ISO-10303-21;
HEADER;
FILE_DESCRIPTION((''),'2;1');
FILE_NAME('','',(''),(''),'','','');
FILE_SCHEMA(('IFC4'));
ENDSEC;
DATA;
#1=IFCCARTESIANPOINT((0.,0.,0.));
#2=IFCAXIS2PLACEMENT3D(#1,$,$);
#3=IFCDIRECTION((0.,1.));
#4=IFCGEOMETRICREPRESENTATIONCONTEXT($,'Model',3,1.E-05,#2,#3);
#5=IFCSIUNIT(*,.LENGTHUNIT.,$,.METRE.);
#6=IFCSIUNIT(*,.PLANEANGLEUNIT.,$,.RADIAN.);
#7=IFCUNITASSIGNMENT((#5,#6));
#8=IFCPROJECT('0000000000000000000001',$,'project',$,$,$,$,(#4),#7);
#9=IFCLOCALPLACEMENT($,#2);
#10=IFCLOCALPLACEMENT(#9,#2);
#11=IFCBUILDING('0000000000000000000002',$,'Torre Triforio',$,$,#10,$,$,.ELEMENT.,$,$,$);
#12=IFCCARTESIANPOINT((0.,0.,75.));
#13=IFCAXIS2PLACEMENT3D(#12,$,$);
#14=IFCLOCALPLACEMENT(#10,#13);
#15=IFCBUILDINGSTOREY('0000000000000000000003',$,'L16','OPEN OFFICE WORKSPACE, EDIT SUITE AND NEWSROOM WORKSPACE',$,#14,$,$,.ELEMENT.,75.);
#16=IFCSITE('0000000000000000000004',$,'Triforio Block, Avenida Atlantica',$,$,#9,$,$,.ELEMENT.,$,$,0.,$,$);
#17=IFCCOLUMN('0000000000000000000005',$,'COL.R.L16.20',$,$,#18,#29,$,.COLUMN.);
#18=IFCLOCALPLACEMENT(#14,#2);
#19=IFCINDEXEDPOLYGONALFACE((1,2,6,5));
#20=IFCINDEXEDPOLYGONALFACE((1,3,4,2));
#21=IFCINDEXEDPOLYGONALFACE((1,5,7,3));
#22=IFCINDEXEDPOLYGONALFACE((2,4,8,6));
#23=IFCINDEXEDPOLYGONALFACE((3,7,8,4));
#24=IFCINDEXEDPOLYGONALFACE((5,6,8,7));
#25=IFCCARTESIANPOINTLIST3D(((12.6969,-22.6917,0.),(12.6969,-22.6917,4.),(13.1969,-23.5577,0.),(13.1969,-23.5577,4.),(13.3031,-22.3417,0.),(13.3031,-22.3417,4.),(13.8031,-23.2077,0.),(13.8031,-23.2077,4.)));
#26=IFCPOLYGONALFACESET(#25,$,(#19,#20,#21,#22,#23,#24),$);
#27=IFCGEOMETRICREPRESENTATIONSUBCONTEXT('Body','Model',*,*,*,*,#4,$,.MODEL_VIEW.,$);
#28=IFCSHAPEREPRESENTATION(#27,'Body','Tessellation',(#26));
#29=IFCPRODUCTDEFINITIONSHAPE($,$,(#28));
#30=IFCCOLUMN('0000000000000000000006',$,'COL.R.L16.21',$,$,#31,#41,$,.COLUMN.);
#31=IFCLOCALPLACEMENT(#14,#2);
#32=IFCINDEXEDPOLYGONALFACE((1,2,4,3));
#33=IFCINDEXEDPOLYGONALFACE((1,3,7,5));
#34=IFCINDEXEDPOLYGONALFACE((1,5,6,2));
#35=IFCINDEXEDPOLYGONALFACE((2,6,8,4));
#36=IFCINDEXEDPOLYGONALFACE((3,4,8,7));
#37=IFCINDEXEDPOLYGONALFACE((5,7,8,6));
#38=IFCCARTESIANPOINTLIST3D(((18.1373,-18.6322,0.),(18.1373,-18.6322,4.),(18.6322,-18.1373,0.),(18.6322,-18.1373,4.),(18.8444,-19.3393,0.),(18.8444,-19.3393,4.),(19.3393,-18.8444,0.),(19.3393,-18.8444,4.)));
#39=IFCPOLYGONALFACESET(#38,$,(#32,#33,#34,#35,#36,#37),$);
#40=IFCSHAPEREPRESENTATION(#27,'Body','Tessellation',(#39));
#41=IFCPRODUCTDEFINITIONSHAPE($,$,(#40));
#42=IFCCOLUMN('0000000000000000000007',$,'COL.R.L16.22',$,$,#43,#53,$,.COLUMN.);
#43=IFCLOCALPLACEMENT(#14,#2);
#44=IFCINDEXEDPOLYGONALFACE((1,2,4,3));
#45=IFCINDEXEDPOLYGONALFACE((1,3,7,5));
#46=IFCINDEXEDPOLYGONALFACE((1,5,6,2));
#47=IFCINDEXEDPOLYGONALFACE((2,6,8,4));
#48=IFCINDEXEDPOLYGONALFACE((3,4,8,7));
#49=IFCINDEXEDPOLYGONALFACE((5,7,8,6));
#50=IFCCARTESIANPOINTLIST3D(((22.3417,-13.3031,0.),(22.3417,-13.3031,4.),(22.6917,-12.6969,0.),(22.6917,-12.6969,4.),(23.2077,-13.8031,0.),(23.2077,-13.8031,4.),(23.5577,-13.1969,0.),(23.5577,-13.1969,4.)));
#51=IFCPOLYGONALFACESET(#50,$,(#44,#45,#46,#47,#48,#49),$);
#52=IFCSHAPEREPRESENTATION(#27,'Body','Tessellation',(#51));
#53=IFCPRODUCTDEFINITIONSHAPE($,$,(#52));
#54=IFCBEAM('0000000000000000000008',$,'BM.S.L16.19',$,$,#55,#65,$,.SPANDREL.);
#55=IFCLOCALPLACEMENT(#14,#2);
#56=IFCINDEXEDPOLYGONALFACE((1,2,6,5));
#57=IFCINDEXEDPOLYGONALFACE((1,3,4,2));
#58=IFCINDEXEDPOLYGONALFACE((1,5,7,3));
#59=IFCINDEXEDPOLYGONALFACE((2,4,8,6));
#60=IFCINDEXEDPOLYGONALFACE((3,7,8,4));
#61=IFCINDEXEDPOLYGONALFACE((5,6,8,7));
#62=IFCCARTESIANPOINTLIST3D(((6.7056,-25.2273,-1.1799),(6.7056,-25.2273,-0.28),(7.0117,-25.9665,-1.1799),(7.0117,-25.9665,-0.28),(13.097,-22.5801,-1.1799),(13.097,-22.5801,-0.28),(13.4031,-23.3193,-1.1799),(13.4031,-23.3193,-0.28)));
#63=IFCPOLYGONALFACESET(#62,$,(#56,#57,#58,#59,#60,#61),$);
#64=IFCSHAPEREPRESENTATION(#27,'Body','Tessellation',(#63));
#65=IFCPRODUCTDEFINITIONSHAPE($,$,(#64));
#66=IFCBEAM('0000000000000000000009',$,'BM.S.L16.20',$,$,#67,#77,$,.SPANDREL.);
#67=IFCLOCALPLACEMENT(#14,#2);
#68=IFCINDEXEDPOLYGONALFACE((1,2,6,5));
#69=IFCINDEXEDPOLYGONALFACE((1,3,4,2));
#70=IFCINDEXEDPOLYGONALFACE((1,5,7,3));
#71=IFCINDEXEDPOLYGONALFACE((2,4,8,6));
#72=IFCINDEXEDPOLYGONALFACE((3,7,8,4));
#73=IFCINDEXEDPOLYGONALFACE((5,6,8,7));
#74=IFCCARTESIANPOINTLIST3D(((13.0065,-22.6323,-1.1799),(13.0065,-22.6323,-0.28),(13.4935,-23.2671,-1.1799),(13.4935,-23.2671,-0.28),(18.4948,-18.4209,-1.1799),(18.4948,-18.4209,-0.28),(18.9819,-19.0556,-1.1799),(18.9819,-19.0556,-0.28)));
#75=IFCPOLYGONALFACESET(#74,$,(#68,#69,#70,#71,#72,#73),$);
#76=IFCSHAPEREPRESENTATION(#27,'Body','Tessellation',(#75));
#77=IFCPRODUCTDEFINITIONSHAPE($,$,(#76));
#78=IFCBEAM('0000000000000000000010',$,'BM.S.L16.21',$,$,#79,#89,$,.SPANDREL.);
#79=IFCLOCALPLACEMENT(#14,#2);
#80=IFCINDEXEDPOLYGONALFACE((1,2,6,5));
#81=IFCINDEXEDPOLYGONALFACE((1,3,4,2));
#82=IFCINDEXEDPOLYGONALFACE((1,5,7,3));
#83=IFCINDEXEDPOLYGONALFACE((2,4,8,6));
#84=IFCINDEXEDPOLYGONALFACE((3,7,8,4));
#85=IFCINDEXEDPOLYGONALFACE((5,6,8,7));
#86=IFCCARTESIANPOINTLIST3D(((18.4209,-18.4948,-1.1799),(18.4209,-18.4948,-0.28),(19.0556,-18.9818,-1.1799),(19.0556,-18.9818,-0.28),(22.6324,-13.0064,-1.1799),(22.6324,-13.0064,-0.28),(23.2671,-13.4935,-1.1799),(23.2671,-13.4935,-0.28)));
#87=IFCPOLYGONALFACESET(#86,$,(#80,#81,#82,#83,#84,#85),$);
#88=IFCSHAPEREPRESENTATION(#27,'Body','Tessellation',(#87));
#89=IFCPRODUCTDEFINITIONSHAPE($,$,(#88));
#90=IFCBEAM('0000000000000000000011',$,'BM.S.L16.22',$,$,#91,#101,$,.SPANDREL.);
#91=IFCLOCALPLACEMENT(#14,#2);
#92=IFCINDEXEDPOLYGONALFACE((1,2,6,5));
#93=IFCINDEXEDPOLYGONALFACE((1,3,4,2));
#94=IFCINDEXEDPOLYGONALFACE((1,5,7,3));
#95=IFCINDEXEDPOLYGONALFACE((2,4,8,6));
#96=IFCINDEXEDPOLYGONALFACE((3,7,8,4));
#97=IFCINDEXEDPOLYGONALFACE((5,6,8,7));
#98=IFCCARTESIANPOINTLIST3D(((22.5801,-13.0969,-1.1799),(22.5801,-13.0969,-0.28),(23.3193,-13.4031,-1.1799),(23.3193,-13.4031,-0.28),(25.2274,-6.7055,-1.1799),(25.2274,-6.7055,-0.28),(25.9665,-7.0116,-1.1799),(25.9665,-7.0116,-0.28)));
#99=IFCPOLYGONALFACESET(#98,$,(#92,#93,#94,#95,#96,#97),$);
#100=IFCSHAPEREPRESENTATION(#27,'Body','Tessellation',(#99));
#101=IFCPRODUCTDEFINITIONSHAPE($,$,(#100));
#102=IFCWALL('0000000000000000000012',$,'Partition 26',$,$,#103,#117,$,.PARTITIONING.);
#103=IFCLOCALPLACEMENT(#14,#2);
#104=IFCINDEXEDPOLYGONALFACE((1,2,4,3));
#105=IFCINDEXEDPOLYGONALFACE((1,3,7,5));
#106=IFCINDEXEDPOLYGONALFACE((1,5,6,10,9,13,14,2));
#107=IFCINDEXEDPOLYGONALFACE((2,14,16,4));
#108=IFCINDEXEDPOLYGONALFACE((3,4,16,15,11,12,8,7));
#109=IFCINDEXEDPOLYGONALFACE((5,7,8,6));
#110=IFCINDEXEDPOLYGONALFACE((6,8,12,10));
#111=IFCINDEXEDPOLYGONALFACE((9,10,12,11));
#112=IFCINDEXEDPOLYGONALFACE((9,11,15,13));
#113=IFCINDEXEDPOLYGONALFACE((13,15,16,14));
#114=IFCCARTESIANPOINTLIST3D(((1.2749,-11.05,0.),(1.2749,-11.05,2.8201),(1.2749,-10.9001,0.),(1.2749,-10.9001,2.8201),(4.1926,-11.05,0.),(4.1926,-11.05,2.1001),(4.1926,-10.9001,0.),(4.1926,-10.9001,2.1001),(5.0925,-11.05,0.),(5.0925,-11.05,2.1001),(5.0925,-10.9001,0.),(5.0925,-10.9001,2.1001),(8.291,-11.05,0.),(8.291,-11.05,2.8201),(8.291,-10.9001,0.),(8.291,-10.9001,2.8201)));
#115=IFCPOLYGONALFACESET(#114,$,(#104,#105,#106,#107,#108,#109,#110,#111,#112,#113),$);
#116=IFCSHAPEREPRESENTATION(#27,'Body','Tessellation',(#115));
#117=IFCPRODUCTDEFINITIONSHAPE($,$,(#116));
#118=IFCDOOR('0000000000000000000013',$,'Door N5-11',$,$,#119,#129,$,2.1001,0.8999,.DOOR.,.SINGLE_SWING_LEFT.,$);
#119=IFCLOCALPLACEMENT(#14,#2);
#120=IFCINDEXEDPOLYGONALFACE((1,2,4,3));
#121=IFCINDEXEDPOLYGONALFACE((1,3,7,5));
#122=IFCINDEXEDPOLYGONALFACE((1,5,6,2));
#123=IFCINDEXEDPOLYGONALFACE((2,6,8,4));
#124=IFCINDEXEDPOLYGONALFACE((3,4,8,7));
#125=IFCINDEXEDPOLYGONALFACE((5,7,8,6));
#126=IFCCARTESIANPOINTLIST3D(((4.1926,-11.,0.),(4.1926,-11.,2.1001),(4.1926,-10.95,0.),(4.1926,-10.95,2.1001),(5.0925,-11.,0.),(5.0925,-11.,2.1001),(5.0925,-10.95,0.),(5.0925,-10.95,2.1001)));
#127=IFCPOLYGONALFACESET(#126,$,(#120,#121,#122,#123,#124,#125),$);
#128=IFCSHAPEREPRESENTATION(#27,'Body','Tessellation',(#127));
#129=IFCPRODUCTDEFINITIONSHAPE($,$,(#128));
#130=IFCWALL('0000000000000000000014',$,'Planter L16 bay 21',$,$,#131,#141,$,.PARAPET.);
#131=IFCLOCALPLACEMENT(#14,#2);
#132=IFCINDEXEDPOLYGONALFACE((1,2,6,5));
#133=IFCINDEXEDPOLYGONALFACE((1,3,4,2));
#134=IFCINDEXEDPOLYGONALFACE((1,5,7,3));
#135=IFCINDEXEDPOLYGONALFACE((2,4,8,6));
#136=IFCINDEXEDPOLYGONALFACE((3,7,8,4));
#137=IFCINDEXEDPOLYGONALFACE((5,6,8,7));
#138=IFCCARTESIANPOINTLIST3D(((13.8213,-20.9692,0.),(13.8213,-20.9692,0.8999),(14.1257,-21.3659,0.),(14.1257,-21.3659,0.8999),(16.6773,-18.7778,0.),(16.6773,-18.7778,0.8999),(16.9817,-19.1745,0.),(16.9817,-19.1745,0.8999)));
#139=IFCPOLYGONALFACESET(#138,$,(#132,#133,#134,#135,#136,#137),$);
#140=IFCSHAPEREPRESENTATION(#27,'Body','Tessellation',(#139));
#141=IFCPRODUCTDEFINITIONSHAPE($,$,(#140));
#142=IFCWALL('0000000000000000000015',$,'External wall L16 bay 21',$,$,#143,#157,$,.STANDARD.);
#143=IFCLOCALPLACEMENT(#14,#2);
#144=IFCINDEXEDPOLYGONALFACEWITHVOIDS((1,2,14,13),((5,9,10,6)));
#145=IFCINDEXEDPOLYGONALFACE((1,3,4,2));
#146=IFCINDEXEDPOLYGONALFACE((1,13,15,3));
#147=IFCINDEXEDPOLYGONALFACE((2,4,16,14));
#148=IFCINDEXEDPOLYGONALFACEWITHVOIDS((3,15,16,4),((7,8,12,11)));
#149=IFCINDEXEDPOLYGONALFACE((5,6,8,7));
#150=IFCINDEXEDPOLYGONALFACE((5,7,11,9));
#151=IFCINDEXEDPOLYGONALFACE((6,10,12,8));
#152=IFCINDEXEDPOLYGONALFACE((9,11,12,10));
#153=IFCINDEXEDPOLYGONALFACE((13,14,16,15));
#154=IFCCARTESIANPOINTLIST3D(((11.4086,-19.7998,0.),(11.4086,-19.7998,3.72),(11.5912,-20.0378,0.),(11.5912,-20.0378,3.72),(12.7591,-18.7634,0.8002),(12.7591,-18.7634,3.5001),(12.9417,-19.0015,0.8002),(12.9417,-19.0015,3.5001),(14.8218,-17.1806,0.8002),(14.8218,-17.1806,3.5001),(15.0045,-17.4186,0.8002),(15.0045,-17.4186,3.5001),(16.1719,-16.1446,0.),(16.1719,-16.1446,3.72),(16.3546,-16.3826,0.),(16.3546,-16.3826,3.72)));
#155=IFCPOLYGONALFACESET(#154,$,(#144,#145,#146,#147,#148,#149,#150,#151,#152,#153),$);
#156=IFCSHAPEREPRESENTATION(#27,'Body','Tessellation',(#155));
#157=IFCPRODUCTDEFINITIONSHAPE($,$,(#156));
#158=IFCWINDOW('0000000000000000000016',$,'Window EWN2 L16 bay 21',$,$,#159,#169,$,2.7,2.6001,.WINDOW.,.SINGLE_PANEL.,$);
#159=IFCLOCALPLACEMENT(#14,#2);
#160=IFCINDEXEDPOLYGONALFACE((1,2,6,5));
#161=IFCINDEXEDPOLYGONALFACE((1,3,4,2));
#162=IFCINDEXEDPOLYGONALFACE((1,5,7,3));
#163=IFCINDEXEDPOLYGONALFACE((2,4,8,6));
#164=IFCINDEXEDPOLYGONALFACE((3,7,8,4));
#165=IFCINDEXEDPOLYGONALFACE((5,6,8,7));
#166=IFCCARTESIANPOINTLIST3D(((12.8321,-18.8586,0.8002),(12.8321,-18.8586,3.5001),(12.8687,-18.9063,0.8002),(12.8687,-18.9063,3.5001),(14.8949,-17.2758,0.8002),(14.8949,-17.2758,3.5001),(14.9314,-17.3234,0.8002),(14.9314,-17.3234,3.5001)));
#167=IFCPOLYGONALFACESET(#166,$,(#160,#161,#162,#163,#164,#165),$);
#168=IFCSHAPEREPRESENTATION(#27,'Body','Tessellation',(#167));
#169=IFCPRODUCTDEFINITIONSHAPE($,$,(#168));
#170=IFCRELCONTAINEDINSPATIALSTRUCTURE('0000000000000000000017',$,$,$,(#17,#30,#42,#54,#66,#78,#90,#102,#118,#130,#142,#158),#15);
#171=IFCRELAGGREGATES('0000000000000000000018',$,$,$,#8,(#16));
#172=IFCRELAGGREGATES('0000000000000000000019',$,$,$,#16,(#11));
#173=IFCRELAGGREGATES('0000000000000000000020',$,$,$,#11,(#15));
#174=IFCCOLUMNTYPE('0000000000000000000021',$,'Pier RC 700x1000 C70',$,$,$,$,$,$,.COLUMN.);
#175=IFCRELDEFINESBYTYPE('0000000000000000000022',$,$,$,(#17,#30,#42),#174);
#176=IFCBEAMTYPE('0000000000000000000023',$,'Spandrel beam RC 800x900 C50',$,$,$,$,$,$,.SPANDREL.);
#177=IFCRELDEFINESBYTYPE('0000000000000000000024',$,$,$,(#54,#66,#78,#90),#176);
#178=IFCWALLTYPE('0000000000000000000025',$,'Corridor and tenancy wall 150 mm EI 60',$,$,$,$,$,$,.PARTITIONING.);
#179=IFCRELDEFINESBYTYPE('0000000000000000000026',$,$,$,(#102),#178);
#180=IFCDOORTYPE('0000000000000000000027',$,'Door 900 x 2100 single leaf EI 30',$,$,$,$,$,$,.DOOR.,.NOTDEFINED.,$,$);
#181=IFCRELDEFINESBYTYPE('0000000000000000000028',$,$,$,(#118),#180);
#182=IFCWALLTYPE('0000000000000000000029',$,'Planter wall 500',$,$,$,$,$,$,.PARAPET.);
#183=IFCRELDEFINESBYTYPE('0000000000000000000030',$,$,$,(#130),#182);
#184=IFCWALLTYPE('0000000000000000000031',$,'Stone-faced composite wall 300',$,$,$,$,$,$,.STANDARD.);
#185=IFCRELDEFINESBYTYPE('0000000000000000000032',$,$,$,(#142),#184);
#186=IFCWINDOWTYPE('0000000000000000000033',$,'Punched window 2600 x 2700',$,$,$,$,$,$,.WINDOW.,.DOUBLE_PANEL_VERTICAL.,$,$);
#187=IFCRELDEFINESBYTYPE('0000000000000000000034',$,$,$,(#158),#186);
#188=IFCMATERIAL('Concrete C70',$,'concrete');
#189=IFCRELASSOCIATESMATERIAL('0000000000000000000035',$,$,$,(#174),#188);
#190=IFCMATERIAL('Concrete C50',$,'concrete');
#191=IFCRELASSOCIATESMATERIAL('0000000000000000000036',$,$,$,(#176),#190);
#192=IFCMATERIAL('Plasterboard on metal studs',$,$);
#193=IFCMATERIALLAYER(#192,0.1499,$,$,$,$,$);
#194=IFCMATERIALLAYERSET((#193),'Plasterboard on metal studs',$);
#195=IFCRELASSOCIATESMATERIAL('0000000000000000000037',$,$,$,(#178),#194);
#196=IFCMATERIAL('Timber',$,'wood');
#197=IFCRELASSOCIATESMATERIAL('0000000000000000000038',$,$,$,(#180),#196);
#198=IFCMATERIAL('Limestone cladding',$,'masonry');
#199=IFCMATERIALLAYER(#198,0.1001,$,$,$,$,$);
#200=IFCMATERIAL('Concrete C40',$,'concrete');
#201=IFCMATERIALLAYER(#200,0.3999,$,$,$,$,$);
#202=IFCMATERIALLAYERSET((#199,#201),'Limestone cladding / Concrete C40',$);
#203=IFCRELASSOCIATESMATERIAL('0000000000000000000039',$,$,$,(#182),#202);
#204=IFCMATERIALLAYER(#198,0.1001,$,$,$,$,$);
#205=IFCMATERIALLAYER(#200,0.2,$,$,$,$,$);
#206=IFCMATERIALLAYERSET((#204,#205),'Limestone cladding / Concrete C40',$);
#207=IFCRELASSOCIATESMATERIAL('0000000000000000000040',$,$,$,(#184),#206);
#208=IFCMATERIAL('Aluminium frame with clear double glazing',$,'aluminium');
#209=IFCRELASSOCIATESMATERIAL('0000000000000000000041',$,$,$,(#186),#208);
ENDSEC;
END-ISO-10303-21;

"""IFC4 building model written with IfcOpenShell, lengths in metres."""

from ifc_helpers import new_model, si_unit, direction, frame, frame_2d, origin, origin_2d, place, context, subcontext, project, spatial, rectangle, extrude, material, layer, layer_set, material_profile, profile_set, type_object, element, fill, save


model = new_model("IFC4")

# Units and contexts
model_context = context("Model", 3, precision=1e-05, world=origin(), true_north=direction((0.0, 1.0)))
body_context = subcontext(model_context, "Body", "Model", "MODEL_VIEW")
ifc_project = project(units=[si_unit("LENGTHUNIT", "METRE"), si_unit("PLANEANGLEUNIT", "RADIAN")], contexts=[model_context])

# Site, building, storey
site_placement = place(None, origin())
site = spatial("IfcSite", under=ifc_project, at=site_placement, Name="Triforio Block, Avenida Atlantica", CompositionType="ELEMENT", RefElevation=0.0)
building_placement = place(site_placement, origin())
building = spatial("IfcBuilding", under=site, at=building_placement, Name="Torre Triforio", CompositionType="ELEMENT")
storey_placement = place(building_placement, frame((0.0, 0.0, 75.0)))
storey = spatial("IfcBuildingStorey", under=building, at=storey_placement, Name="L16", Description="OPEN OFFICE WORKSPACE, EDIT SUITE AND NEWSROOM WORKSPACE", CompositionType="ELEMENT", Elevation=75.0)

# Columns
ifc_material_1 = material(Name="Concrete C70", Category="concrete")
ifc_material_profile_1 = material_profile(ifc_material_1, rectangle(XDim=0.7, YDim=1.0, at=origin_2d()), Name="RC 700x1000")
ifc_profile_set_1 = profile_set([ifc_material_profile_1], Name="Concrete C70")
column_type = type_object("IfcColumnType", Name="Pier RC 700x1000 C70", PredefinedType="COLUMN", material=ifc_profile_set_1)
for number, where, z_axis, x_axis, name in (
    (1, (13.25, -22.9497, 0.0), (0.0, 0.0, 1.0), (0.866025, 0.5, 0.0), "COL.R.L16.20"),
    (2, (18.7383, -18.7383, 0.0), (0.0, 0.0, 1.0), (0.707107, 0.707107, 0.0), "COL.R.L16.21"),
    (3, (22.9497, -13.25, 0.0), (0.0, 0.0, 1.0), (0.5, 0.866025, 0.0), "COL.R.L16.22"),
):
    element("IfcColumn", number, at=place(storey_placement, frame(where, z_axis=z_axis, x_axis=x_axis)), inside=storey, type_object=column_type, Name=name, PredefinedType="COLUMN", context=body_context, shape_type="SweptSolid", body=[
        extrude(rectangle(XDim=0.7, YDim=1.0, at=origin_2d()), origin(), (0.0, 0.0, 1.0), 4.0),
    ])

# Beams
ifc_material_2 = material(Name="Concrete C50", Category="concrete")
ifc_material_profile_2 = material_profile(ifc_material_2, rectangle(XDim=0.8, YDim=0.8999, at=origin_2d()), Name="RC 800x900")
ifc_profile_set_2 = profile_set([ifc_material_profile_2], Name="Concrete C50")
beam_type = type_object("IfcBeamType", Name="Spandrel beam RC 800x900 C50", PredefinedType="SPANDREL", material=ifc_profile_set_2)
for number, where, z_axis, x_axis, name in (
    (4, (6.8586, -25.5969, -0.73), (0.923888, 0.382662, 0.0), (-0.382662, 0.923888, 0.0), "BM.S.L16.19"),
    (5, (13.25, -22.9497, -0.73), (0.793345, 0.608772, 0.0), (-0.608772, 0.793345, 0.0), "BM.S.L16.20"),
    (6, (18.7383, -18.7383, -0.73), (0.608772, 0.793345, 0.0), (-0.793345, 0.608772, 0.0), "BM.S.L16.21"),
    (7, (22.9497, -13.25, -0.73), (0.382662, 0.923888, 0.0), (-0.923888, 0.382662, 0.0), "BM.S.L16.22"),
):
    element("IfcBeam", number, at=place(storey_placement, frame(where, z_axis=z_axis, x_axis=x_axis)), inside=storey, type_object=beam_type, Name=name, PredefinedType="SPANDREL", context=body_context, shape_type="SweptSolid", body=[
        extrude(rectangle(XDim=0.8, YDim=0.8999, at=origin_2d()), origin(), (0.0, 0.0, 1.0), 6.918),
    ])

# Wall, opening, door
ifc_material_3 = material(Name="Plasterboard on metal studs")
ifc_layer_1 = layer(ifc_material_3, 0.1499)
ifc_layer_set_1 = layer_set([ifc_layer_1], Name="Plasterboard on metal studs")
wall_type_1 = type_object("IfcWallType", Name="Corridor and tenancy wall 150 mm EI 60", PredefinedType="PARTITIONING", material=ifc_layer_set_1)
wall_1_placement = place(storey_placement, frame((8.291, -10.9751, 0.0), z_axis=(0.0, 0.0, 1.0), x_axis=(-1.0, 0.0, 0.0)))
wall_1 = element("IfcWall", 8, at=wall_1_placement, inside=storey, type_object=wall_type_1, Name="Partition 26", PredefinedType="PARTITIONING", context=body_context, shape_type="SweptSolid", body=[
    extrude(rectangle(XDim=7.0161, YDim=0.1499, at=frame_2d((3.5081, 0.0))), origin(), (0.0, 0.0, 1.0), 2.8201),
])
opening_1_placement = place(wall_1_placement, frame((3.1985, 0.0, 0.0)))
opening_1 = element("IfcOpeningElement", 9, at=opening_1_placement, cuts=wall_1, PredefinedType="OPENING", context=body_context, shape_type="SweptSolid", body=[
    extrude(rectangle(XDim=0.8999, YDim=2.1001, at=frame_2d((0.45, 1.05))), frame((0.0, 0.085, 0.0), z_axis=(0.0, -1.0, 0.0), x_axis=(1.0, 0.0, 0.0)), (0.0, 0.0, 1.0), 0.1699),
])
ifc_material_4 = material(Name="Timber", Category="wood")
door_type_1 = type_object("IfcDoorType", Name="Door 900 x 2100 single leaf EI 30", OperationType="NOTDEFINED", PredefinedType="DOOR", material=ifc_material_4)
door_1_placement = place(opening_1_placement, origin())
door_1 = element("IfcDoor", 10, at=door_1_placement, inside=storey, type_object=door_type_1, Name="Door N5-11", OperationType="SINGLE_SWING_LEFT", OverallHeight=2.1001, OverallWidth=0.8999, PredefinedType="DOOR", context=body_context, shape_type="SweptSolid", body=[
    extrude(rectangle(XDim=0.8999, YDim=2.1001, at=frame_2d((0.45, 1.05))), frame((0.0, 0.0249, 0.0), z_axis=(0.0, -1.0, 0.0), x_axis=(1.0, 0.0, 0.0)), (0.0, 0.0, 1.0), 0.05),
])
fill(opening_1, door_1)

# Wall
ifc_material_5 = material(Name="Limestone cladding", Category="masonry")
ifc_layer_2 = layer(ifc_material_5, 0.1001)
ifc_material_6 = material(Name="Concrete C40", Category="concrete")
ifc_layer_3 = layer(ifc_material_6, 0.3999)
ifc_layer_set_2 = layer_set([ifc_layer_2, ifc_layer_3], Name="Limestone cladding / Concrete C40")
wall_type_2 = type_object("IfcWallType", Name="Planter wall 500", PredefinedType="PARAPET", material=ifc_layer_set_2)
wall_2_placement = place(storey_placement, frame((13.9736, -21.1675, 0.0), z_axis=(0.0, 0.0, 1.0), x_axis=(0.79336, 0.608753, 0.0)))
element("IfcWall", 11, at=wall_2_placement, inside=storey, type_object=wall_type_2, Name="Planter L16 bay 21", PredefinedType="PARAPET", context=body_context, shape_type="SweptSolid", body=[
    extrude(rectangle(XDim=3.5999, YDim=0.5, at=frame_2d((1.7998, 0.0))), origin(), (0.0, 0.0, 1.0), 0.8999),
])

# Wall, opening, window
ifc_layer_4 = layer(ifc_material_5, 0.1001)
ifc_layer_5 = layer(ifc_material_6, 0.2)
ifc_layer_set_3 = layer_set([ifc_layer_4, ifc_layer_5], Name="Limestone cladding / Concrete C40")
wall_type_3 = type_object("IfcWallType", Name="Stone-faced composite wall 300", PredefinedType="STANDARD", material=ifc_layer_set_3)
wall_3_placement = place(storey_placement, frame((11.5, -19.9187, 0.0), z_axis=(0.0, 0.0, 1.0), x_axis=(0.79334, 0.608779, 0.0)))
wall_3 = element("IfcWall", 12, at=wall_3_placement, inside=storey, type_object=wall_type_3, Name="External wall L16 bay 21", PredefinedType="STANDARD", context=body_context, shape_type="SweptSolid", body=[
    extrude(rectangle(XDim=6.0042, YDim=0.3, at=frame_2d((3.002, 0.0))), origin(), (0.0, 0.0, 1.0), 3.72),
])
opening_2_placement = place(wall_3_placement, frame((1.7021, 0.0, 0.8)))
opening_2 = element("IfcOpeningElement", 13, at=opening_2_placement, cuts=wall_3, PredefinedType="OPENING", context=body_context, shape_type="SweptSolid", body=[
    extrude(rectangle(XDim=2.6001, YDim=2.7, at=frame_2d((1.3, 1.3501))), frame((0.0, 0.1599, 0.0), z_axis=(0.0, -1.0, 0.0), x_axis=(1.0, 0.0, 0.0)), (0.0, 0.0, 1.0), 0.3201),
])
ifc_material_7 = material(Name="Aluminium frame with clear double glazing", Category="aluminium")
window_type_1 = type_object("IfcWindowType", Name="Punched window 2600 x 2700", PartitioningType="DOUBLE_PANEL_VERTICAL", PredefinedType="WINDOW", material=ifc_material_7)
window_1_placement = place(opening_2_placement, origin())
window_1 = element("IfcWindow", 14, at=window_1_placement, inside=storey, type_object=window_type_1, Name="Window EWN2 L16 bay 21", OverallHeight=2.7, OverallWidth=2.6001, PartitioningType="SINGLE_PANEL", PredefinedType="WINDOW", context=body_context, shape_type="SweptSolid", body=[
    extrude(rectangle(XDim=2.6001, YDim=2.7, at=frame_2d((1.3, 1.3501))), frame((0.0, 0.03, 0.0), z_axis=(0.0, -1.0, 0.0), x_axis=(1.0, 0.0, 0.0)), (0.0, 0.0, 1.0), 0.0601),
])
fill(opening_2, window_1)

save(model, "model.ifc")
